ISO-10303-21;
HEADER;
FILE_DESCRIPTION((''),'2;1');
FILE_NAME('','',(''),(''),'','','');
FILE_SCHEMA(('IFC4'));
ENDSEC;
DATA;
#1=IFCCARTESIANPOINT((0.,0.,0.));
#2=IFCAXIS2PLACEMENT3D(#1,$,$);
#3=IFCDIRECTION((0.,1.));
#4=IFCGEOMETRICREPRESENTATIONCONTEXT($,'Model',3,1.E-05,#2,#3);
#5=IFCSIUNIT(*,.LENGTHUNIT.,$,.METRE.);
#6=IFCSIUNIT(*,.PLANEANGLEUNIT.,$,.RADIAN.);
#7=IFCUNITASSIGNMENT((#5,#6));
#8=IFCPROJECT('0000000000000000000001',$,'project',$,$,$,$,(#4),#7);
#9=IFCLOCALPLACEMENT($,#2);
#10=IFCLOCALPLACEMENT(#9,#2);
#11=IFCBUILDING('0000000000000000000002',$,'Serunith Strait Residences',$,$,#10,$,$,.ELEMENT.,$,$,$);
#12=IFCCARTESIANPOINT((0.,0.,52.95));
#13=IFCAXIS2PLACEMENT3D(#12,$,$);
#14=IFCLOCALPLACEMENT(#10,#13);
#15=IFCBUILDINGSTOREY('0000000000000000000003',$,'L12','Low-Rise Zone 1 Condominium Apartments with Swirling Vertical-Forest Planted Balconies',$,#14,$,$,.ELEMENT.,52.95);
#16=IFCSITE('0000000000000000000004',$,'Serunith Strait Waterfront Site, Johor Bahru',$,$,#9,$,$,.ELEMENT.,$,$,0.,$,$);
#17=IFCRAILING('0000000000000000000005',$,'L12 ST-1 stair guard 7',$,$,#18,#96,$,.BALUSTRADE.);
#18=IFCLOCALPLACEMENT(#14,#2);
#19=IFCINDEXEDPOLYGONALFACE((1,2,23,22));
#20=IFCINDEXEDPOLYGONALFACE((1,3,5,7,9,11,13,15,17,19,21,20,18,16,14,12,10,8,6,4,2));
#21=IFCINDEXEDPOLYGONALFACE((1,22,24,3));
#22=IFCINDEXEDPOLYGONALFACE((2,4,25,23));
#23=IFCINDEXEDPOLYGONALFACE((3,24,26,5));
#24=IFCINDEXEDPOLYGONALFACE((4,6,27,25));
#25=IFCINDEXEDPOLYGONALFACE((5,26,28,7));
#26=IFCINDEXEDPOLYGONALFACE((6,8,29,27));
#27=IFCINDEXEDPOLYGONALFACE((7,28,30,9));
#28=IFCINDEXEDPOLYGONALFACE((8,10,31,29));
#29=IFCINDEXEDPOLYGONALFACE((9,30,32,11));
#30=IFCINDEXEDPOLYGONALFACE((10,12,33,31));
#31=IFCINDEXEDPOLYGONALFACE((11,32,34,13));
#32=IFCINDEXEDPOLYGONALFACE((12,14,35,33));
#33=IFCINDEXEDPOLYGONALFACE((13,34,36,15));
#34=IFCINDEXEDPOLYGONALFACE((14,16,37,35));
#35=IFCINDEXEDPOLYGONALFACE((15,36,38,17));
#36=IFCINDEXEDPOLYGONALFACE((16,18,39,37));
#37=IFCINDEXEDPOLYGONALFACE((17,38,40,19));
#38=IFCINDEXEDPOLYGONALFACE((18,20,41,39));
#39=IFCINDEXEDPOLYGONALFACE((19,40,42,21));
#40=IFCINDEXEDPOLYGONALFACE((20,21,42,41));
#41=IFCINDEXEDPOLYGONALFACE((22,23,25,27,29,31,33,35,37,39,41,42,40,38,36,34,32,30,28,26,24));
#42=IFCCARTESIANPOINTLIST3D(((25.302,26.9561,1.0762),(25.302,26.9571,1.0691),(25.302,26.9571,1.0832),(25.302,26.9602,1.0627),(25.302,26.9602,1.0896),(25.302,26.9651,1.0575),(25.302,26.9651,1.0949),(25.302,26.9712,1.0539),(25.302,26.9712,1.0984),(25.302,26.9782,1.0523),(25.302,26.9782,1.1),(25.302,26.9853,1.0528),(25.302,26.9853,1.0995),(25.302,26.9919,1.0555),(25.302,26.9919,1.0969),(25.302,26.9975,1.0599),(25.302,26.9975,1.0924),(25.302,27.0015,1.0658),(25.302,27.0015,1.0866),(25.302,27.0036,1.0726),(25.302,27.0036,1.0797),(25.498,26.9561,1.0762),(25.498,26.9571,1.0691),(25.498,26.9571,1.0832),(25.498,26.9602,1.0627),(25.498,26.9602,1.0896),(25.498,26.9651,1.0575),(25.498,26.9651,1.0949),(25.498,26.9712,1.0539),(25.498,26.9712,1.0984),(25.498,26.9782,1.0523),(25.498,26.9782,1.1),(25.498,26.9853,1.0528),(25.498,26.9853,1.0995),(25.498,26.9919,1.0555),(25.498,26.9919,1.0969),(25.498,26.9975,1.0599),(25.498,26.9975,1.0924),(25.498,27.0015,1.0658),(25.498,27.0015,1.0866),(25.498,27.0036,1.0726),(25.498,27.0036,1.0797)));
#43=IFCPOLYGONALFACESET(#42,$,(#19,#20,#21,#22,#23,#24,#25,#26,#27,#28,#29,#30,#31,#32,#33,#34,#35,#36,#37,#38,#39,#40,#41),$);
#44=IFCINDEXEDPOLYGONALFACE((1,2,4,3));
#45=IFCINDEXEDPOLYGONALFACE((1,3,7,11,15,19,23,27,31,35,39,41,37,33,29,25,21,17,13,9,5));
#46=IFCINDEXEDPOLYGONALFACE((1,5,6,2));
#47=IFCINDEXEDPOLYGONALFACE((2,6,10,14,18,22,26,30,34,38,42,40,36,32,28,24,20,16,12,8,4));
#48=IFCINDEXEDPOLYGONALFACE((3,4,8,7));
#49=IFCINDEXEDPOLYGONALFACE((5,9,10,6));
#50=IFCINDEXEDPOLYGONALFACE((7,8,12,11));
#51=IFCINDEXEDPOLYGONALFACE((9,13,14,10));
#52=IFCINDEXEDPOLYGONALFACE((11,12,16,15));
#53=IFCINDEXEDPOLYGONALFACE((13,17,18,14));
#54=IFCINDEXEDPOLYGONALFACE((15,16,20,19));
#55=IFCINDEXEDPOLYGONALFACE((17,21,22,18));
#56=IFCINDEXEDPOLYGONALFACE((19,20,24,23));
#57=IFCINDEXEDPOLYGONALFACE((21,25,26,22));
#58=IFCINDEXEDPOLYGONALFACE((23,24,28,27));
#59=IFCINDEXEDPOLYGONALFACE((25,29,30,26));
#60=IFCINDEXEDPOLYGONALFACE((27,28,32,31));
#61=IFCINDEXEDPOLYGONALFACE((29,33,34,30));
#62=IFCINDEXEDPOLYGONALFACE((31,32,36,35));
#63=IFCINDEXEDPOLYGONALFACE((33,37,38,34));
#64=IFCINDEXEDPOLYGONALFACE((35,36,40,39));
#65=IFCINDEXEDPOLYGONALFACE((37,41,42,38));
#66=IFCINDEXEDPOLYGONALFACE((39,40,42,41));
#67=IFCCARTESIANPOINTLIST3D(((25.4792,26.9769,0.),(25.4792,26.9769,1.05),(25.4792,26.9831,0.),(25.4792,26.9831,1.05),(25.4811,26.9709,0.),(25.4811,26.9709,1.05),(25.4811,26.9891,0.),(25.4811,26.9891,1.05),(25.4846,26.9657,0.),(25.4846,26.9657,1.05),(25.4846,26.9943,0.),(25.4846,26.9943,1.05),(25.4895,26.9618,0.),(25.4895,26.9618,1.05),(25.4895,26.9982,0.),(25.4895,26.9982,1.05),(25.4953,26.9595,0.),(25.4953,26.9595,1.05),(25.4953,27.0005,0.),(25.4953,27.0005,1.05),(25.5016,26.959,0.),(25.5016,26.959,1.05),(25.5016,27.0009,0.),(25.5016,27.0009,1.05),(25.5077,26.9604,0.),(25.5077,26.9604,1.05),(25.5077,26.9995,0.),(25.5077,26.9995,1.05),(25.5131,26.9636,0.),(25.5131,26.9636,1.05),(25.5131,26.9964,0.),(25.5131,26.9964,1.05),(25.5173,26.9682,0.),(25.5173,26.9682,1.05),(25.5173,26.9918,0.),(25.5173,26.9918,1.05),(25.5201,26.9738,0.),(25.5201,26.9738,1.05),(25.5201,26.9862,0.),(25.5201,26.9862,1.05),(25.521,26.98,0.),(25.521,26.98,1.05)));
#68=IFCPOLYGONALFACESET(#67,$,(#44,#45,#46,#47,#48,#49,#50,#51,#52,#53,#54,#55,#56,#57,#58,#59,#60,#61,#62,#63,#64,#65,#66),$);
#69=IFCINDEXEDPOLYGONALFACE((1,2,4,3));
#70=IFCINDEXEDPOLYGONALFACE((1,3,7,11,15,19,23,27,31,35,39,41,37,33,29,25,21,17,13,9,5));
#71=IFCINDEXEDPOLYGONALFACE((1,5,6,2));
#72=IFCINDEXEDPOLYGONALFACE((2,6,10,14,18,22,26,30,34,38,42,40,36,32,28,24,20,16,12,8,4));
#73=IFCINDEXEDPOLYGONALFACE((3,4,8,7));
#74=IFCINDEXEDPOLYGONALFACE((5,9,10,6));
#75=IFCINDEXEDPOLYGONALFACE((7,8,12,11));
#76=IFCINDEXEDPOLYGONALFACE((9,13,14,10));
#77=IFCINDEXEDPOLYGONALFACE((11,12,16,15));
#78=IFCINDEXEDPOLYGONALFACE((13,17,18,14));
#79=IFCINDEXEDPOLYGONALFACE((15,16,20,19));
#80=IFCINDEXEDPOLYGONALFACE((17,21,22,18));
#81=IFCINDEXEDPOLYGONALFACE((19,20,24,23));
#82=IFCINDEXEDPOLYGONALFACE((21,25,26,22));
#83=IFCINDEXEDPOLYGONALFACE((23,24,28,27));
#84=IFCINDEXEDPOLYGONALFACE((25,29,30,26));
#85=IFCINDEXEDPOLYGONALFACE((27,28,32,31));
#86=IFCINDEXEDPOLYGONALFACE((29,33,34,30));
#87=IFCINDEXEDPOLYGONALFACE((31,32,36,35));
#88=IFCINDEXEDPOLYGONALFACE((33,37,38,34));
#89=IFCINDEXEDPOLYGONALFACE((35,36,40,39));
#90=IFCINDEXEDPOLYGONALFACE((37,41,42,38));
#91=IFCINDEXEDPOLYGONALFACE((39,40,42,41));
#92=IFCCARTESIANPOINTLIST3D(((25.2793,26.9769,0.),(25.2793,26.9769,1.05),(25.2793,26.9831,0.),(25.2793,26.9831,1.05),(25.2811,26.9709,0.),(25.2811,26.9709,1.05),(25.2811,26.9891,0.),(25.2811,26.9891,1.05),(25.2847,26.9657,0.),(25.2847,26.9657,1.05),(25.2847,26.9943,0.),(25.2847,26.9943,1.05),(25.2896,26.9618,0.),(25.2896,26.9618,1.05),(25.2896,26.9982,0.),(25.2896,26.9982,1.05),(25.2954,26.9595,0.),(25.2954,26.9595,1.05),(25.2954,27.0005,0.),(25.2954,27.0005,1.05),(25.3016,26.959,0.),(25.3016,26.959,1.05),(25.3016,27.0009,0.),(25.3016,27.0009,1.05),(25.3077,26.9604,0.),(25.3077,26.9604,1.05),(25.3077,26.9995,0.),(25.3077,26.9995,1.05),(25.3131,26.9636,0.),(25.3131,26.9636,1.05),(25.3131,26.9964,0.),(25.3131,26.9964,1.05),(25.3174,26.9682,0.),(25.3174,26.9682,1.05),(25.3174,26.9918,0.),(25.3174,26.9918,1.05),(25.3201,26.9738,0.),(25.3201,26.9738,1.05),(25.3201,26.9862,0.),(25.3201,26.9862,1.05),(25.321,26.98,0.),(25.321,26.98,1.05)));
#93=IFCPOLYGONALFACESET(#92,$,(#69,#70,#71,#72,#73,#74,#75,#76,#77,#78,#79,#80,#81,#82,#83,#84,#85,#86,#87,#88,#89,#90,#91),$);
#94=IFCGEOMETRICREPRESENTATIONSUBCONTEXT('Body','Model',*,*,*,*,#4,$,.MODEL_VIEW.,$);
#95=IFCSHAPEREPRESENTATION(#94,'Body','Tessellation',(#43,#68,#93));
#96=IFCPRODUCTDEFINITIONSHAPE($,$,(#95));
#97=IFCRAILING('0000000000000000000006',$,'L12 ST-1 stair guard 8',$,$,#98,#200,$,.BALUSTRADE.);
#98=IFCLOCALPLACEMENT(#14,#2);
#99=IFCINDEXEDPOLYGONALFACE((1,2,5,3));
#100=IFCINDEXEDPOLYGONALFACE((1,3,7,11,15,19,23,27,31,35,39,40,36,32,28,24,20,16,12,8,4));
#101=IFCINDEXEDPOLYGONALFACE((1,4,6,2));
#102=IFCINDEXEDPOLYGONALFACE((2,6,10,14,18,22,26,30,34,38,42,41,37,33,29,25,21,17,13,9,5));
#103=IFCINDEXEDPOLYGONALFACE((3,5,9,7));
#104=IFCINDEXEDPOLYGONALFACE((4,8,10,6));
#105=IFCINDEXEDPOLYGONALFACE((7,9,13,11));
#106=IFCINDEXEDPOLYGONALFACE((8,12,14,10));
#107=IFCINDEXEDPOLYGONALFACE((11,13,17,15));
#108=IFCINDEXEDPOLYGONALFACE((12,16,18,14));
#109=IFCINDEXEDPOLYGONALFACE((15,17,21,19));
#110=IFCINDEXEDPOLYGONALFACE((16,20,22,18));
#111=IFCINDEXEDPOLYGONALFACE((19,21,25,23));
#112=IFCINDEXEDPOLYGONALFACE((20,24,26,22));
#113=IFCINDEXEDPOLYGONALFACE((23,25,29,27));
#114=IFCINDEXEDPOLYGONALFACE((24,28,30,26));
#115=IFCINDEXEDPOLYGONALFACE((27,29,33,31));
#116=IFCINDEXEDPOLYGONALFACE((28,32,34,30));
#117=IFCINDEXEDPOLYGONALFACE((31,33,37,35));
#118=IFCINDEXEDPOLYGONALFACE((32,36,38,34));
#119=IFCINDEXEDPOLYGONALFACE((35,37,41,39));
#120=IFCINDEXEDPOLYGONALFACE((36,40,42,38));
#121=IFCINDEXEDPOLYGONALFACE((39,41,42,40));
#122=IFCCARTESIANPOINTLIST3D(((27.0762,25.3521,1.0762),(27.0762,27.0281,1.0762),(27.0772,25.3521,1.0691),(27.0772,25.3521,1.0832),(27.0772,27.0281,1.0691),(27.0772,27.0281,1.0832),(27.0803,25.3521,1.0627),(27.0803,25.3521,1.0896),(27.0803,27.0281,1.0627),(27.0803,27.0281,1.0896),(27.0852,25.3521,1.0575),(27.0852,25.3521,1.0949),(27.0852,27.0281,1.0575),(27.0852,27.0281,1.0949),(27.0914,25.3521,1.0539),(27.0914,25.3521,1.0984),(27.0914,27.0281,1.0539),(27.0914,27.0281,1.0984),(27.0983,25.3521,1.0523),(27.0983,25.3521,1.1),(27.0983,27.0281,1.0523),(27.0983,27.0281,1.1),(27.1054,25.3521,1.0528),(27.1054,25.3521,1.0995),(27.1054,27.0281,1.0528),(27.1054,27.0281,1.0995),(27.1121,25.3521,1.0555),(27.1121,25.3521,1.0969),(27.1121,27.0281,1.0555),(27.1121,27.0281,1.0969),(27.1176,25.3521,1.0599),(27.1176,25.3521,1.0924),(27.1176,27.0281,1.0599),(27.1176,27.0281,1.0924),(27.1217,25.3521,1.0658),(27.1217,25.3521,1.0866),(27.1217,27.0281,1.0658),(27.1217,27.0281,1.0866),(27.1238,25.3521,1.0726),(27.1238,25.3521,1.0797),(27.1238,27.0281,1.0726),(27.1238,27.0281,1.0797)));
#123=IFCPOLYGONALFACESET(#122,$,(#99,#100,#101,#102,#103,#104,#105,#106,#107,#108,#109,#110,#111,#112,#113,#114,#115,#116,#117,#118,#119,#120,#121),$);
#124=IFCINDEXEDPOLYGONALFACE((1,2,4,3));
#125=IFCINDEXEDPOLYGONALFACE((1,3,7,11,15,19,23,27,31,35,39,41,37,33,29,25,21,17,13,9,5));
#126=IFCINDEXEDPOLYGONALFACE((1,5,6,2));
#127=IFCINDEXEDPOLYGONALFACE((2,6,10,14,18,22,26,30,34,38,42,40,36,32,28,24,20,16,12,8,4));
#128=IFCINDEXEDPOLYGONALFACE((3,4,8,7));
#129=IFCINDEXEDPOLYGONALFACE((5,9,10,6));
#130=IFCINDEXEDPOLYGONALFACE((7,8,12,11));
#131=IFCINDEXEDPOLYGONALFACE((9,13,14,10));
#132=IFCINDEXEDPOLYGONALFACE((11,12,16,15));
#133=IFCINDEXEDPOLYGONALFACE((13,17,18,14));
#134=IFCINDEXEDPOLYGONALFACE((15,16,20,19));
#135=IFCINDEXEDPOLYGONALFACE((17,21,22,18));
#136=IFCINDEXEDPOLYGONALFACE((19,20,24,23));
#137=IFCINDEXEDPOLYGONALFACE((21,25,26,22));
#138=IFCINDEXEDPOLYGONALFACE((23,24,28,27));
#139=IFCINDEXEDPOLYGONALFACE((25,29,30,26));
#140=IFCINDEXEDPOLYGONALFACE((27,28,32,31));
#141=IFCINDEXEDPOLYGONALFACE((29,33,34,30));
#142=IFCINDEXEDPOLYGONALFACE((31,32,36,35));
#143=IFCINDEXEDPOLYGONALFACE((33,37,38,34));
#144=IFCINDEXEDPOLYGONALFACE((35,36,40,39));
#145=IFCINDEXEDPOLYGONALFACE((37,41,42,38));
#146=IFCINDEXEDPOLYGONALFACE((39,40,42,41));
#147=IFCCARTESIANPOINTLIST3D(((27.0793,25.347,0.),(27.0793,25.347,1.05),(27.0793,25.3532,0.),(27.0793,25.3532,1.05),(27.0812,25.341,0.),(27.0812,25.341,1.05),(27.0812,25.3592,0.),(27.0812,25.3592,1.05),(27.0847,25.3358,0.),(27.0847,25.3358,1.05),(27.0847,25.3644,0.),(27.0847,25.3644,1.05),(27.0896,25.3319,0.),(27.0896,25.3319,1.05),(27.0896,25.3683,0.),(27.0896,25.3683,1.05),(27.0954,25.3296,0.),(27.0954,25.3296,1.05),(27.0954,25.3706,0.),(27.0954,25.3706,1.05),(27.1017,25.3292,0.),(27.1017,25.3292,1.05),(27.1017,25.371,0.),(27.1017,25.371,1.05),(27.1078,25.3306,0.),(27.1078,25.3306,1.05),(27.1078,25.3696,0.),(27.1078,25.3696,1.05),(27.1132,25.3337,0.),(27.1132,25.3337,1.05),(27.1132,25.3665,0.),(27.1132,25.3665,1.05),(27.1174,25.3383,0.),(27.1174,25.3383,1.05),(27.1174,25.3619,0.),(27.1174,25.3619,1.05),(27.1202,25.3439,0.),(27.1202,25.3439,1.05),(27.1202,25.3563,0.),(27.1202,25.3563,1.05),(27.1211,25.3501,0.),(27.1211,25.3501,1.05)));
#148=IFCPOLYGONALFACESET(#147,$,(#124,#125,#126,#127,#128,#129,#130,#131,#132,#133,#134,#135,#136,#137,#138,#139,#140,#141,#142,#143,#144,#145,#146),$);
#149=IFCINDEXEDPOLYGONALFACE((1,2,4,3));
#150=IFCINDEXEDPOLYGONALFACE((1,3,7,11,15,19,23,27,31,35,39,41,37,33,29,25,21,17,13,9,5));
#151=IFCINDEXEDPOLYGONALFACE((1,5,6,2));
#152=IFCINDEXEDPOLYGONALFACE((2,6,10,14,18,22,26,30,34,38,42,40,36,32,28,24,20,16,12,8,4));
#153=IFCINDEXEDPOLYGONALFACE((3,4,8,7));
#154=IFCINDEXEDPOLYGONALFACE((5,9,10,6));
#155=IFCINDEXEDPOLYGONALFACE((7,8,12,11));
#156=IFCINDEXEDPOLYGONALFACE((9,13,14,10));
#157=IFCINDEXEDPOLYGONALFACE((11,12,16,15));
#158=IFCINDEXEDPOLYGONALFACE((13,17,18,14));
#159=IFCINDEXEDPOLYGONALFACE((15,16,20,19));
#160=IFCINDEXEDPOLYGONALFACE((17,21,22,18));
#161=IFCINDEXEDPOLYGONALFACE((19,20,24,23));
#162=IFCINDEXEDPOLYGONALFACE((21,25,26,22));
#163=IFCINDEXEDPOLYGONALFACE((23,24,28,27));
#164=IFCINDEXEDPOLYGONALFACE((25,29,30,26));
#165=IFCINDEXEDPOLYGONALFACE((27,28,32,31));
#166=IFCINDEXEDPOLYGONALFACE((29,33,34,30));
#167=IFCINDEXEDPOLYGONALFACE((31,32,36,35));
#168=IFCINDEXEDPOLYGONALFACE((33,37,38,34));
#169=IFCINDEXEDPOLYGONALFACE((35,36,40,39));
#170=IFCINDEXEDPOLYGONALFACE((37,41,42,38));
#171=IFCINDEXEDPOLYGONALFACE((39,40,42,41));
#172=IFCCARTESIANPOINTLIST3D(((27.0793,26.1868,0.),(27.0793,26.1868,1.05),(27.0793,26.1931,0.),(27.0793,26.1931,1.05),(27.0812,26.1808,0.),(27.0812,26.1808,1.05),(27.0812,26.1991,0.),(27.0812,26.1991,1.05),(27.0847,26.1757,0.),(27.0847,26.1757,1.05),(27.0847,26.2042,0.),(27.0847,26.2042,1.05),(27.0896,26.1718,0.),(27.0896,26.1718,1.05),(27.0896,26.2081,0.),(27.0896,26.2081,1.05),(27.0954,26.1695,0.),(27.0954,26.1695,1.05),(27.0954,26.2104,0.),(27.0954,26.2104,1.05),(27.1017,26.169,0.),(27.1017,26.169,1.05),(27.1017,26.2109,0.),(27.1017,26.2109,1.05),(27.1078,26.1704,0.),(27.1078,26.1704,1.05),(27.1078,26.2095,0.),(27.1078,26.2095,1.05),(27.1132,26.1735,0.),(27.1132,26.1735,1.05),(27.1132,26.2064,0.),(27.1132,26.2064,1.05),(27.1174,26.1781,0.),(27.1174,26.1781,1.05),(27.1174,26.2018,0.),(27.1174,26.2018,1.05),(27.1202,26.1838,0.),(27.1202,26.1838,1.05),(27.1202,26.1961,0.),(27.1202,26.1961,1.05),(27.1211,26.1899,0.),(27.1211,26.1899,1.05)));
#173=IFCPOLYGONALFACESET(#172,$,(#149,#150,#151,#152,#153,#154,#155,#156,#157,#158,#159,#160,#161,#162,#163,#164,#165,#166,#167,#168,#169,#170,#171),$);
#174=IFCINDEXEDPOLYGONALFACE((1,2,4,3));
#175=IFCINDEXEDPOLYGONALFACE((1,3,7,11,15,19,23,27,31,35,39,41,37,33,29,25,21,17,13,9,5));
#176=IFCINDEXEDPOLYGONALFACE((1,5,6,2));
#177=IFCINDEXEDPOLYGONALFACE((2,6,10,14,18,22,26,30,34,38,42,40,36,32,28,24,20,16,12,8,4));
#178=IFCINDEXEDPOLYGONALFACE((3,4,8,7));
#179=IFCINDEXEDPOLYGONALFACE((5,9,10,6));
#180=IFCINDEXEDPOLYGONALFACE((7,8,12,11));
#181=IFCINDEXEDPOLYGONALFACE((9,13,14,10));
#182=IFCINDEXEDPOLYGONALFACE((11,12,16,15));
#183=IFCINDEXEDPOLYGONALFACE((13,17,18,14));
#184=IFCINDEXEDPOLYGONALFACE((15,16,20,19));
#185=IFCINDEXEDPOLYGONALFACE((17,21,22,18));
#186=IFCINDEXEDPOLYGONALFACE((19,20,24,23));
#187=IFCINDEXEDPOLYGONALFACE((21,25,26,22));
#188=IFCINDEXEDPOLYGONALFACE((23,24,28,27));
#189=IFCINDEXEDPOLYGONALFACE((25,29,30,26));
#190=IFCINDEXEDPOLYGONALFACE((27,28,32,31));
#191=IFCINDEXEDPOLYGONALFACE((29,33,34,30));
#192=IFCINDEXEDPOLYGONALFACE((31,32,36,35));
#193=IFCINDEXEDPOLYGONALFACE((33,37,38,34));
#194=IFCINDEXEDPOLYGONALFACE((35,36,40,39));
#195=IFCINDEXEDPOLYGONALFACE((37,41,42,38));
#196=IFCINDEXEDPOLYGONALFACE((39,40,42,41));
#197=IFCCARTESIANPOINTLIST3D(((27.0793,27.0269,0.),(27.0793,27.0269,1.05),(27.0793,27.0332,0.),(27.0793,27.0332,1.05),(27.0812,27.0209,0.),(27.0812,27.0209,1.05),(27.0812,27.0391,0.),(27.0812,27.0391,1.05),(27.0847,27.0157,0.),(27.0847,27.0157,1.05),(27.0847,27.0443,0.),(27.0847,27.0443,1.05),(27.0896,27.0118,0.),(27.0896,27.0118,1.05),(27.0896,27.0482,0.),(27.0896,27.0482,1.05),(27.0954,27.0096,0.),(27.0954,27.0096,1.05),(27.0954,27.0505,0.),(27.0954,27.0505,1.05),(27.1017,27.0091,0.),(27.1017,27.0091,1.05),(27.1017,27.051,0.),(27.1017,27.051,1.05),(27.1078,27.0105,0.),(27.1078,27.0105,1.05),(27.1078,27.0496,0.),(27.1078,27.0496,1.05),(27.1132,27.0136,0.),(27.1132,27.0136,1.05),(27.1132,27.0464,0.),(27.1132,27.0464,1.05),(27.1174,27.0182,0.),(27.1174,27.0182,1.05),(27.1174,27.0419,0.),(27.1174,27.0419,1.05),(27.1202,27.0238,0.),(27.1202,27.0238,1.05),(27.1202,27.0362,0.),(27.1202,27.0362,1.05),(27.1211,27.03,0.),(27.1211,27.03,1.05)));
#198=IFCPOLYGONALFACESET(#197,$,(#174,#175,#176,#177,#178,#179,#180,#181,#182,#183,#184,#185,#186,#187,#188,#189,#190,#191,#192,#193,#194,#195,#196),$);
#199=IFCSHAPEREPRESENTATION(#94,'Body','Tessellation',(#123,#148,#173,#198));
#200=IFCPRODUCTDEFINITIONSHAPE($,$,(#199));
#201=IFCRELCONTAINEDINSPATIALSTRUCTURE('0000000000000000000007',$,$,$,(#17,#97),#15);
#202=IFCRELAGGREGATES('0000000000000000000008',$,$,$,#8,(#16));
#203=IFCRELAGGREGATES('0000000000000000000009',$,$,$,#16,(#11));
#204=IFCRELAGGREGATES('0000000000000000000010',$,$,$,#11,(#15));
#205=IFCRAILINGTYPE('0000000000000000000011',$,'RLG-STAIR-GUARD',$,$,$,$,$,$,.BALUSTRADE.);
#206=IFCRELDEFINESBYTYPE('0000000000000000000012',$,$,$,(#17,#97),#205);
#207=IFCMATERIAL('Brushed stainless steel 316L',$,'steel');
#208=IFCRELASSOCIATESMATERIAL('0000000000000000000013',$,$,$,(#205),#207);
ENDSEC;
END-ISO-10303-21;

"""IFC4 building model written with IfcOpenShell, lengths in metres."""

from ifc_helpers import new_model, si_unit, direction, frame, origin, origin_2d, place, context, subcontext, project, spatial, circle, extrude, material, type_object, element, save


model = new_model("IFC4")

# Units and contexts
model_context = context("Model", 3, precision=1e-05, world=origin(), true_north=direction((0.0, 1.0)))
body_context = subcontext(model_context, "Body", "Model", "MODEL_VIEW")
ifc_project = project(units=[si_unit("LENGTHUNIT", "METRE"), si_unit("PLANEANGLEUNIT", "RADIAN")], contexts=[model_context])

# Site, building, storey
site_placement = place(None, origin())
site = spatial("IfcSite", under=ifc_project, at=site_placement, Name="Serunith Strait Waterfront Site, Johor Bahru", CompositionType="ELEMENT", RefElevation=0.0)
building_placement = place(site_placement, origin())
building = spatial("IfcBuilding", under=site, at=building_placement, Name="Serunith Strait Residences", CompositionType="ELEMENT")
storey_placement = place(building_placement, frame((0.0, 0.0, 52.95)))
storey = spatial("IfcBuildingStorey", under=building, at=storey_placement, Name="L12", Description="Low-Rise Zone 1 Condominium Apartments with Swirling Vertical-Forest Planted Balconies", CompositionType="ELEMENT", Elevation=52.95)

# Railings
ifc_material_1 = material(Name="Brushed stainless steel 316L", Category="steel")
railing_type_1 = type_object("IfcRailingType", Name="RLG-STAIR-GUARD", PredefinedType="BALUSTRADE", material=ifc_material_1)
railing_1_placement = place(storey_placement, frame((25.5, 26.98, 0.0)))
element("IfcRailing", 1, at=railing_1_placement, inside=storey, type_object=railing_type_1, Name="L12 ST-1 stair guard 7", PredefinedType="BALUSTRADE", context=body_context, shape_type="SweptSolid", body=[
    extrude(circle(Radius=0.0239, at=origin_2d()), frame((-0.002, 0.0, 1.0762), z_axis=(-1.0, 0.0, 0.0), x_axis=(0.0, -1.0, 0.0)), (0.0, 0.0, 1.0), 0.196),
    extrude(circle(Radius=0.021, at=origin_2d()), origin(), (0.0, 0.0, 1.0), 1.05),
    extrude(circle(Radius=0.021, at=origin_2d()), frame((-0.2, 0.0, 0.0)), (0.0, 0.0, 1.0), 1.05),
])
for number, where, name in (
    (2, (27.1001, 25.3501, 0.0), "L12 ST-1 stair guard 8"),
):
    element("IfcRailing", number, at=place(storey_placement, frame(where)), inside=storey, type_object=railing_type_1, Name=name, PredefinedType="BALUSTRADE", context=body_context, shape_type="SweptSolid", body=[
        extrude(circle(Radius=0.0239, at=origin_2d()), frame((0.0, 0.002, 1.0762), z_axis=(0.0, 1.0, 0.0), x_axis=(-1.0, 0.0, 0.0)), (0.0, 0.0, 1.0), 1.676),
        extrude(circle(Radius=0.021, at=origin_2d()), origin(), (0.0, 0.0, 1.0), 1.05),
        extrude(circle(Radius=0.021, at=origin_2d()), frame((0.0, 0.8398, 0.0)), (0.0, 0.0, 1.0), 1.05),
        extrude(circle(Radius=0.021, at=origin_2d()), frame((0.0, 1.6799, 0.0)), (0.0, 0.0, 1.0), 1.05),
    ])

save(model, "model.ifc")
